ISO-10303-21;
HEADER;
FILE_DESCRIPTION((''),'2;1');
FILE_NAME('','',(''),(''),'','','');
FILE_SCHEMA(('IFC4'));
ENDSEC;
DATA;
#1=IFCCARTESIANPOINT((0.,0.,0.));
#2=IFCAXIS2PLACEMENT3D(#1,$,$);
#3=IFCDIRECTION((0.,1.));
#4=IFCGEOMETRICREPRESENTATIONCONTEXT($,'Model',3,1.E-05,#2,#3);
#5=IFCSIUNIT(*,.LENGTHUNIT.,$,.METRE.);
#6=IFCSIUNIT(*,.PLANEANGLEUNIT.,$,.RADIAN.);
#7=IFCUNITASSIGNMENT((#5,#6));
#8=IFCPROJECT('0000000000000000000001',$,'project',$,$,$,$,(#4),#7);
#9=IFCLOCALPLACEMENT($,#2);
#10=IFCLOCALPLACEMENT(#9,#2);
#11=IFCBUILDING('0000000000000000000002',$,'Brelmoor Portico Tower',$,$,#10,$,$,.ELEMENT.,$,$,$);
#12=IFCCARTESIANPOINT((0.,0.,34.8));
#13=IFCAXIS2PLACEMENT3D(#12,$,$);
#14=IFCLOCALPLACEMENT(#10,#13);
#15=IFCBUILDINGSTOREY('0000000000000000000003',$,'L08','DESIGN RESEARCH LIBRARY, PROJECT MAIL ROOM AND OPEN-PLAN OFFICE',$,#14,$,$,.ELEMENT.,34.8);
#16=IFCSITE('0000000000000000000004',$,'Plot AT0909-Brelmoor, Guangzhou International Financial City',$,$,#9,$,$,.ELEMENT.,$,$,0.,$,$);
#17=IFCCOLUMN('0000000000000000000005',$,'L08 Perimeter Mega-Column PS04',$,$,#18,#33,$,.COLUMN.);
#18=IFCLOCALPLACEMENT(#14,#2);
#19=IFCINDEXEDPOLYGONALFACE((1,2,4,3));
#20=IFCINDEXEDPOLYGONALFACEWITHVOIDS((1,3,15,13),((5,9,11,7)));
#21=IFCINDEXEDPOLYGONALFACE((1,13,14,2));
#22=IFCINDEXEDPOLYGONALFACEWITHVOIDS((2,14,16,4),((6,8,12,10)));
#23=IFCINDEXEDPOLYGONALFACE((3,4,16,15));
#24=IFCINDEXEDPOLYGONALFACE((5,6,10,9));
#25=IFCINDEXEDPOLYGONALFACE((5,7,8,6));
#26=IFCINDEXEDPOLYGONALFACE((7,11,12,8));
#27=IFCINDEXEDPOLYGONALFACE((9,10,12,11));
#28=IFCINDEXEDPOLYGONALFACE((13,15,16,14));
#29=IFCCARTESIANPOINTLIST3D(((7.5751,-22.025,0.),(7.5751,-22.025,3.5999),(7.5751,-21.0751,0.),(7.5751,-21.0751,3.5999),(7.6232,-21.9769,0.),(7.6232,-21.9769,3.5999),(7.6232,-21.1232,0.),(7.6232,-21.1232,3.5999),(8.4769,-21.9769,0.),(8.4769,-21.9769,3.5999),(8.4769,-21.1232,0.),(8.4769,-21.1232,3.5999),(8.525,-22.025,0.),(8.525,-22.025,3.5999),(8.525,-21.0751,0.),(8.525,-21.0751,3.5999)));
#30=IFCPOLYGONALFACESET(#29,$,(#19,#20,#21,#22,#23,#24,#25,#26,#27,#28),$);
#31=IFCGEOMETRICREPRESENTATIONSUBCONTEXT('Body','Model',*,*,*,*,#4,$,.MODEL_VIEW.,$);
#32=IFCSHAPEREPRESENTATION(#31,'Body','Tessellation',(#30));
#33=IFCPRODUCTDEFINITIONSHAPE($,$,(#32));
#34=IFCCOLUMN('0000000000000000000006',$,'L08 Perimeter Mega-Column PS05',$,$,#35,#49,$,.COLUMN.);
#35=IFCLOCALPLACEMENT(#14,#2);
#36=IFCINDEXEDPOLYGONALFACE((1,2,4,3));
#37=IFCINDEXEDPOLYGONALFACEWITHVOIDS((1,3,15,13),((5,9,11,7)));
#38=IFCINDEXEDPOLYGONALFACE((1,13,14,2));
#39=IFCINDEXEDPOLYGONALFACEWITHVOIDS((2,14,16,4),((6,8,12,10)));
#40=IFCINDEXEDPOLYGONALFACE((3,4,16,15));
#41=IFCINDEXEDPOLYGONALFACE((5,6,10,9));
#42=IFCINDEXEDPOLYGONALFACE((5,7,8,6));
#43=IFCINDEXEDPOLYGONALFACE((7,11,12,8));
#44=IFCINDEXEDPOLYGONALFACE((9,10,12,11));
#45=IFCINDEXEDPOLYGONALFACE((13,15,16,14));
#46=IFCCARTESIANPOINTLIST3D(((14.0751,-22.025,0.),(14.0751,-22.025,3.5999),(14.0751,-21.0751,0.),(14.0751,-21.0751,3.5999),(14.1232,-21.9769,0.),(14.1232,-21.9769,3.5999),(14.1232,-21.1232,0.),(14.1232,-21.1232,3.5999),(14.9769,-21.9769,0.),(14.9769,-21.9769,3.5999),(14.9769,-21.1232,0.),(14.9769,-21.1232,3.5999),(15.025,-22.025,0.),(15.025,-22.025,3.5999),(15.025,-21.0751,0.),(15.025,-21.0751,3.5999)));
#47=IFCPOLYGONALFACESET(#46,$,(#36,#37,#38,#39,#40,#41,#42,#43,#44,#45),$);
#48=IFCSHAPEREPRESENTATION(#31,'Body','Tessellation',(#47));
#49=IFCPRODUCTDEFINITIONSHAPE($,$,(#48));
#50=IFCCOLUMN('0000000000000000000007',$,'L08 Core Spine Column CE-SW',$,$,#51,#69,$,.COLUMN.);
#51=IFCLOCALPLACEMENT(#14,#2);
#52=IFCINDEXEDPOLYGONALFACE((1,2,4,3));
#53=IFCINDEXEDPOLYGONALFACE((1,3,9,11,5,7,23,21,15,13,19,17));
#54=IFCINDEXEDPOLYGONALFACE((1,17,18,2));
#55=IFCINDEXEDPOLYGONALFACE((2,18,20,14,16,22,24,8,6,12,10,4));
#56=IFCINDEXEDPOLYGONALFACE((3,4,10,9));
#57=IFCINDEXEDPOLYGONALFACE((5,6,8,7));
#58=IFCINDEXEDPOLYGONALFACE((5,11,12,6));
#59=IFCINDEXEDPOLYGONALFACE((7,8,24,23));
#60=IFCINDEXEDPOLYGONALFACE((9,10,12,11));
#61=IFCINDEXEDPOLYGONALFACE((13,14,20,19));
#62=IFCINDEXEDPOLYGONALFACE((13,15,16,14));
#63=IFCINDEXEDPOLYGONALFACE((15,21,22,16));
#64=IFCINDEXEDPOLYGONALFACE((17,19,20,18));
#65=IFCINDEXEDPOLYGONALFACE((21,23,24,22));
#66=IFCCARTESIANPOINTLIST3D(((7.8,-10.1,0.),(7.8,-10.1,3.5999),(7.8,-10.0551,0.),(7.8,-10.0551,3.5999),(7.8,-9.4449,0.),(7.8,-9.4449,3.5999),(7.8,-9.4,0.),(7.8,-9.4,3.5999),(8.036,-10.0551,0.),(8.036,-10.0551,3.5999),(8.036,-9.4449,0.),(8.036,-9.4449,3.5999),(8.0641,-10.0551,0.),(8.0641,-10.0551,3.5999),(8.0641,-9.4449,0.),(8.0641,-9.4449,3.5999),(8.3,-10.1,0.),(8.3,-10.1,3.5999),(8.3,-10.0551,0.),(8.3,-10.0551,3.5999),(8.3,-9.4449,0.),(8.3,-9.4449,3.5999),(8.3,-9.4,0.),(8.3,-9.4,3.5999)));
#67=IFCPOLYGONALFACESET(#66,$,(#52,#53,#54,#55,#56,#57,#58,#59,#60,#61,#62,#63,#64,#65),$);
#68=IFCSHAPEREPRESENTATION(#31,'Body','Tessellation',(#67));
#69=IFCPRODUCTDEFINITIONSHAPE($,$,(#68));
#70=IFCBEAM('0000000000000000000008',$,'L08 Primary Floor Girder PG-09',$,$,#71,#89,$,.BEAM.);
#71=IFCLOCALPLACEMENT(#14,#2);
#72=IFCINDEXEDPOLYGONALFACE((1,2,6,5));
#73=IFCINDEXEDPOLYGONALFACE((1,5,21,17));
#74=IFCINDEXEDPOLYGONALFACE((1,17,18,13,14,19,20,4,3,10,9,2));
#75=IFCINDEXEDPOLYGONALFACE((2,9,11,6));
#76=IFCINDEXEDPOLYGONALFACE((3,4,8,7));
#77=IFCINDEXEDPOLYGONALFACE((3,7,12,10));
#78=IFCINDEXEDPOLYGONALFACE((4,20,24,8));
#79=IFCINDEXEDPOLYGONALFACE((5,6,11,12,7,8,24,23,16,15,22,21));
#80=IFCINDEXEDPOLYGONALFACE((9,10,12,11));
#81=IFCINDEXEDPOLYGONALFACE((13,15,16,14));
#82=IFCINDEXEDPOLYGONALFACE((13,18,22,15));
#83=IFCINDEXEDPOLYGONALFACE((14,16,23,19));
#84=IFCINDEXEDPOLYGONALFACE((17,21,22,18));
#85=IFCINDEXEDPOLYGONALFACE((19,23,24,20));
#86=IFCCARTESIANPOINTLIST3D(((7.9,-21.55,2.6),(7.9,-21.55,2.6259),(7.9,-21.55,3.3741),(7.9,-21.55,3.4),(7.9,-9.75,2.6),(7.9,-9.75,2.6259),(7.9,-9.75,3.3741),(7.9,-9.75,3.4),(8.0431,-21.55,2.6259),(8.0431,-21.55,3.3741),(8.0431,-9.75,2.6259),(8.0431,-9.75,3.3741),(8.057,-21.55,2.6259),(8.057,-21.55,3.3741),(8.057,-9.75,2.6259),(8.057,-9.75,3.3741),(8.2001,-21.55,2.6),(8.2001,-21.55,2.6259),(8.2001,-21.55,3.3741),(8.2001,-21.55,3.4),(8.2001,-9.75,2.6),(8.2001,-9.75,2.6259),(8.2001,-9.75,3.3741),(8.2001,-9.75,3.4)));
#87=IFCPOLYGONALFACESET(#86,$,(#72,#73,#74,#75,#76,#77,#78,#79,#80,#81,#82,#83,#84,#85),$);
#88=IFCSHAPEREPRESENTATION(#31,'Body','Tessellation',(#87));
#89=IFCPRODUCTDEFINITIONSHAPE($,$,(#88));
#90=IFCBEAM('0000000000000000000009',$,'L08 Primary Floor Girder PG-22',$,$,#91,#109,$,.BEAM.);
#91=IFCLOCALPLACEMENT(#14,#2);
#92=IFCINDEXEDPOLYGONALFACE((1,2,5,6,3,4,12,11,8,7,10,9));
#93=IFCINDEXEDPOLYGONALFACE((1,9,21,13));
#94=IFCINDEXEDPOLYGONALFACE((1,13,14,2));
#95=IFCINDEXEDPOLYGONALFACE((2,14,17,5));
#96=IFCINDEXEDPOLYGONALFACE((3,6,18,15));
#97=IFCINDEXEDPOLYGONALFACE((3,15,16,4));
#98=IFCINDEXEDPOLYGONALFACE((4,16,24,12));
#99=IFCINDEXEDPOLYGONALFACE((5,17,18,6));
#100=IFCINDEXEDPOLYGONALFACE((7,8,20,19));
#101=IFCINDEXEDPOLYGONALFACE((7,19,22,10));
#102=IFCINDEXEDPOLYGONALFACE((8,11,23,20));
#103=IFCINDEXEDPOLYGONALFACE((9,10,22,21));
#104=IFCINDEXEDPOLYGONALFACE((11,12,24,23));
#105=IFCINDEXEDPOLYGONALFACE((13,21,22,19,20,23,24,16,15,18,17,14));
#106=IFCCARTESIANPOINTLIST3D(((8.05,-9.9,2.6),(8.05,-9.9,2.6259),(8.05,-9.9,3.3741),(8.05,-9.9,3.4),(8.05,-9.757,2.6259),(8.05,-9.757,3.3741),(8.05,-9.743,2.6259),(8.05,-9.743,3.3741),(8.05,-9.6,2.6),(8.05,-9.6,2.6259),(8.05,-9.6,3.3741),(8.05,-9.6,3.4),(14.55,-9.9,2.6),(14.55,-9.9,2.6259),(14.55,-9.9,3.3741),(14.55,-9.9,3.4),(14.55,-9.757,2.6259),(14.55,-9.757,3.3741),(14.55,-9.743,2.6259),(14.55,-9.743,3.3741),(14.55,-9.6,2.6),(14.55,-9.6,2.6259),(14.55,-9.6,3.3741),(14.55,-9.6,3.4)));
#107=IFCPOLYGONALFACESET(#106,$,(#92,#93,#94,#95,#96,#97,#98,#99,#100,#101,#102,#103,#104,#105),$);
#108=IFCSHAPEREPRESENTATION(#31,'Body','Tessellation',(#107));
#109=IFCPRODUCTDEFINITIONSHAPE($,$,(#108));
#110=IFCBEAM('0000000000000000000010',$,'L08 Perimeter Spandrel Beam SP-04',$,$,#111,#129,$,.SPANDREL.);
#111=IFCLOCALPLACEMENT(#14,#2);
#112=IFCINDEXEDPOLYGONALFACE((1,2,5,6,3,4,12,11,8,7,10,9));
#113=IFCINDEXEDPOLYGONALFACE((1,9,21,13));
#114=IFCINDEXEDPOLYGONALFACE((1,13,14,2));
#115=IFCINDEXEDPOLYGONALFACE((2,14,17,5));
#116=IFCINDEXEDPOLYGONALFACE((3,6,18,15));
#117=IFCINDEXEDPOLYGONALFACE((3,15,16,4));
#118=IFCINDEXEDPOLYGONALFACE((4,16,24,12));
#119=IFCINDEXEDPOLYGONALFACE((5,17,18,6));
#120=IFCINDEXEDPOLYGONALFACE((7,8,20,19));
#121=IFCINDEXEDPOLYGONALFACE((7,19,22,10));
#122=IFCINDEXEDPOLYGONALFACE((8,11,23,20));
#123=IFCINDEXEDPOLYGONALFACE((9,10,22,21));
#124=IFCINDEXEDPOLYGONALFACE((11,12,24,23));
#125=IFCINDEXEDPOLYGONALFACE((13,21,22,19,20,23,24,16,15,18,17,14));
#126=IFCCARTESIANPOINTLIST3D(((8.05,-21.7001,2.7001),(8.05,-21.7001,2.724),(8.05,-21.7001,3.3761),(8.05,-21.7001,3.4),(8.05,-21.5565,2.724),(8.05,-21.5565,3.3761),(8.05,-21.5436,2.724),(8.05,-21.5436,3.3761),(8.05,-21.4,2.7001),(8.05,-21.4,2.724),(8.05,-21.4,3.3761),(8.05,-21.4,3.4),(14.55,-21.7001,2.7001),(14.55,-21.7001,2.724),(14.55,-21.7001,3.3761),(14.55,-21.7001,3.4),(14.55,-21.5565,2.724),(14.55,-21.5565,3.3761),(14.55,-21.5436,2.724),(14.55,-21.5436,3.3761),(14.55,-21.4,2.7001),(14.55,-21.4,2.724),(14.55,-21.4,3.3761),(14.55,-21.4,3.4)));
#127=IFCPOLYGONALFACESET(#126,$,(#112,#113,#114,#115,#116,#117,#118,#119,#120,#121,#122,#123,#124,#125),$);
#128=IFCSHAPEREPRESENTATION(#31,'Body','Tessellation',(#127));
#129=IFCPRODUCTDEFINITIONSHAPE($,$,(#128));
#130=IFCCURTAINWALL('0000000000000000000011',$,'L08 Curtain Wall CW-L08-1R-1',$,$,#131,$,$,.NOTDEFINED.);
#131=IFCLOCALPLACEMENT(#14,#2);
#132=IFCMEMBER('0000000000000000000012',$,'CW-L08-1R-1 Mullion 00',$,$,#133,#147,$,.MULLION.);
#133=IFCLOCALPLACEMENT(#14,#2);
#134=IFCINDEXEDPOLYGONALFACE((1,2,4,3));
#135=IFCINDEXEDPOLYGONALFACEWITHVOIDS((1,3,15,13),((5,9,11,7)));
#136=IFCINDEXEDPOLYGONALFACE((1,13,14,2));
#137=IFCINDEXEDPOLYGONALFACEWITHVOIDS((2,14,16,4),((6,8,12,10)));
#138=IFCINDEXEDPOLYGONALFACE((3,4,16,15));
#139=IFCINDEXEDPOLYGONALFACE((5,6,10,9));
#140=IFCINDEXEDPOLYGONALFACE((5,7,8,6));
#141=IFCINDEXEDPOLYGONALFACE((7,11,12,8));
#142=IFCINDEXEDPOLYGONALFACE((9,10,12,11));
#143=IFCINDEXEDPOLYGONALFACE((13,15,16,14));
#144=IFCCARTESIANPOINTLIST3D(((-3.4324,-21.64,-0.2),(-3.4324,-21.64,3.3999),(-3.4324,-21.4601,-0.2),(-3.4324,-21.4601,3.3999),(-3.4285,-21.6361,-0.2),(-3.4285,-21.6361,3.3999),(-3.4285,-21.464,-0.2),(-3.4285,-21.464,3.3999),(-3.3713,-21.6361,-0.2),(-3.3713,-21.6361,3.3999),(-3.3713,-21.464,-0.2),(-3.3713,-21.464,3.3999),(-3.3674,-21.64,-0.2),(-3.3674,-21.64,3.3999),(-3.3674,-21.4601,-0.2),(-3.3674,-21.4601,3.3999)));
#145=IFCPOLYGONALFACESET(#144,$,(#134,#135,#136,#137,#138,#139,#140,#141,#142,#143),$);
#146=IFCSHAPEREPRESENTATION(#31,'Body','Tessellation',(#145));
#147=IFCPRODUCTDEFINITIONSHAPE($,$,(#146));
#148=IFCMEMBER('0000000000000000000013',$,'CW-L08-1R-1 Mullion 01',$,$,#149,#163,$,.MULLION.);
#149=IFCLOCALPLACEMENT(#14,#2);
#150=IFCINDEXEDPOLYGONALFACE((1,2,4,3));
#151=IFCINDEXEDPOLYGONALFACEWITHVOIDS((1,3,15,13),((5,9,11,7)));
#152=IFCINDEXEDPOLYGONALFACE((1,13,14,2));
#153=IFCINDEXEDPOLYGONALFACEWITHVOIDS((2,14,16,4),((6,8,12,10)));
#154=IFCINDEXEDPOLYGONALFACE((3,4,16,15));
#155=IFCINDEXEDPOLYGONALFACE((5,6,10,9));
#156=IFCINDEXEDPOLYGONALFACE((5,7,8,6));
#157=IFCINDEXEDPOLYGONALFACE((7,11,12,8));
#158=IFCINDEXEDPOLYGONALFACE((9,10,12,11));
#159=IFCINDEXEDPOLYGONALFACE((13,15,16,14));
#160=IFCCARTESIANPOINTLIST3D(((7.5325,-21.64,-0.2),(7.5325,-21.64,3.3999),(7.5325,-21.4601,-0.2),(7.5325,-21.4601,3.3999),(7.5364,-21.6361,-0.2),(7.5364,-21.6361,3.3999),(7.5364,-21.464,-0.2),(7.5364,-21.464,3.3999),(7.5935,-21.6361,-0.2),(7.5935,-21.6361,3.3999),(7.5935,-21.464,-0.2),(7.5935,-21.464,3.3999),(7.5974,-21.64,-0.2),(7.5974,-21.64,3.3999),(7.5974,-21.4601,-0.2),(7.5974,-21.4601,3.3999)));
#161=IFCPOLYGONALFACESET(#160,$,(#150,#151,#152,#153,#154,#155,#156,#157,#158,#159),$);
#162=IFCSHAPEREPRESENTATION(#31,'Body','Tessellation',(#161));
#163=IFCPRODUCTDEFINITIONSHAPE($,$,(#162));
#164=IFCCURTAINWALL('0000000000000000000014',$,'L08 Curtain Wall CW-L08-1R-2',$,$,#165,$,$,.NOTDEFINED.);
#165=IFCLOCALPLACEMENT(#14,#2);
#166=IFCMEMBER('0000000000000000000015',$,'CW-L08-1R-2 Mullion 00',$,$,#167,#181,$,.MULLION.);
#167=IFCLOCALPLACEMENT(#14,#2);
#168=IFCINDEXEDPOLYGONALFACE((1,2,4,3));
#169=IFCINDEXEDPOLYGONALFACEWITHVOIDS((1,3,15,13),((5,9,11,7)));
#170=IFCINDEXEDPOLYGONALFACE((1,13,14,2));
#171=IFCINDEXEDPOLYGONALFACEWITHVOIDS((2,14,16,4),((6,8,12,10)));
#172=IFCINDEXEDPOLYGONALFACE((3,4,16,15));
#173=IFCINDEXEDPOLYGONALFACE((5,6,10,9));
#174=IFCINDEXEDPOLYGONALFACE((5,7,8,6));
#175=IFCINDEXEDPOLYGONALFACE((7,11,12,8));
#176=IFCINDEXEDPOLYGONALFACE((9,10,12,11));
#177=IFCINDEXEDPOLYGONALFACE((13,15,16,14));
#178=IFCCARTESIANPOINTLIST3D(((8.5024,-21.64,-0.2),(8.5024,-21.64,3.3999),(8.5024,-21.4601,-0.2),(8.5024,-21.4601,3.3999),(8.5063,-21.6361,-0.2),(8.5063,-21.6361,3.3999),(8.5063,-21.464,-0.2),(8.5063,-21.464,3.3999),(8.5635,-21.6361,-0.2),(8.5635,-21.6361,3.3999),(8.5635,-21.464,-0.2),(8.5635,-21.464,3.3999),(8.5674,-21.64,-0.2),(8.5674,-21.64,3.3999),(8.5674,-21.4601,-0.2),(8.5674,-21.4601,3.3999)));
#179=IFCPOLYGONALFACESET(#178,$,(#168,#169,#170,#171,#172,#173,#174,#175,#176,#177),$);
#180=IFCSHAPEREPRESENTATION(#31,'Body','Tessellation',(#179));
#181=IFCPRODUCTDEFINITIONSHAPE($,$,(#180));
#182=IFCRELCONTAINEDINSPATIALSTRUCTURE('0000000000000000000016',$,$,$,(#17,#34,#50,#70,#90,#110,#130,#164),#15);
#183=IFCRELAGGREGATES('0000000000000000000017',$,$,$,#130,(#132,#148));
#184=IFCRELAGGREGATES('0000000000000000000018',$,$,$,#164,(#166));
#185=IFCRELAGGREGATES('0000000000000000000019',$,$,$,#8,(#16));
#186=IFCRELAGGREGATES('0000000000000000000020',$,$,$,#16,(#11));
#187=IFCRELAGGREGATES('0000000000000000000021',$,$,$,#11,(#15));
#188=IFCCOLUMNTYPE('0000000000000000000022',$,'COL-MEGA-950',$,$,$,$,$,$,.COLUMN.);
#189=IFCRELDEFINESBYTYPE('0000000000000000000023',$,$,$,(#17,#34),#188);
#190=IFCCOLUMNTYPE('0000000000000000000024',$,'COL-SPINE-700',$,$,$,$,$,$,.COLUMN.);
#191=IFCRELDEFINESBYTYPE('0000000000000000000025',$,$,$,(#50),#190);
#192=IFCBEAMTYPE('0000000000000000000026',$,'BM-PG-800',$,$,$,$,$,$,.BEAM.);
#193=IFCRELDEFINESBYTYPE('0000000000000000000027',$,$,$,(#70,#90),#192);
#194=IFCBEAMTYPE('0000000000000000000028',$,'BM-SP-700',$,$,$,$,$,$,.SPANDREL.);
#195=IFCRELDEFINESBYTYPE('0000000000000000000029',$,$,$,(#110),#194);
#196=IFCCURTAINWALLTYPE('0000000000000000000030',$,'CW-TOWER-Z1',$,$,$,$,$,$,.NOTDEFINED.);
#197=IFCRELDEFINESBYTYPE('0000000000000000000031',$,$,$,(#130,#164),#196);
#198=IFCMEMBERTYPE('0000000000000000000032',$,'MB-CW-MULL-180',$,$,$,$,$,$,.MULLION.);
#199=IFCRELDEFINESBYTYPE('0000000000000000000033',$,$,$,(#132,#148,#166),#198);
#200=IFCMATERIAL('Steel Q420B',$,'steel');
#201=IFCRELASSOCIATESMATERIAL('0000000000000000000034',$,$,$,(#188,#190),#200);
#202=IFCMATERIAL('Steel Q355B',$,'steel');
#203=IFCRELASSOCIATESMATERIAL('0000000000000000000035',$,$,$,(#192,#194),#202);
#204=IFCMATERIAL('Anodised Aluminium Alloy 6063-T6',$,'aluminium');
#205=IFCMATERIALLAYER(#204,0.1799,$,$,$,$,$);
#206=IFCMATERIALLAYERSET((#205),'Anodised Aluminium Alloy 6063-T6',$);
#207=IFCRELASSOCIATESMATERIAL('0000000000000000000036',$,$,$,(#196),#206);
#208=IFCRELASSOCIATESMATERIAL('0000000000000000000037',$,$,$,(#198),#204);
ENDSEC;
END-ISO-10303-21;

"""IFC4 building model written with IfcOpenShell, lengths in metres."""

from ifc_helpers import new_model, si_unit, direction, frame, origin, origin_2d, place, context, subcontext, project, spatial, hollow_rectangle, i_section, extrude, material, layer, layer_set, material_profile, profile_set, type_object, element, aggregate, save


model = new_model("IFC4")

# Units and contexts
model_context = context("Model", 3, precision=1e-05, world=origin(), true_north=direction((0.0, 1.0)))
body_context = subcontext(model_context, "Body", "Model", "MODEL_VIEW")
ifc_project = project(units=[si_unit("LENGTHUNIT", "METRE"), si_unit("PLANEANGLEUNIT", "RADIAN")], contexts=[model_context])

# Site, building, storey
site_placement = place(None, origin())
site = spatial("IfcSite", under=ifc_project, at=site_placement, Name="Plot AT0909-Brelmoor, Guangzhou International Financial City", CompositionType="ELEMENT", RefElevation=0.0)
building_placement = place(site_placement, origin())
building = spatial("IfcBuilding", under=site, at=building_placement, Name="Brelmoor Portico Tower", CompositionType="ELEMENT")
storey_placement = place(building_placement, frame((0.0, 0.0, 34.8)))
storey = spatial("IfcBuildingStorey", under=building, at=storey_placement, Name="L08", Description="DESIGN RESEARCH LIBRARY, PROJECT MAIL ROOM AND OPEN-PLAN OFFICE", CompositionType="ELEMENT", Elevation=34.8)

# Columns
ifc_material_1 = material(Name="Steel Q420B", Category="steel")
ifc_material_profile_1 = material_profile(ifc_material_1, hollow_rectangle(XDim=0.95, YDim=0.95, WallThickness=0.0481, at=origin_2d()), Name="BOX 950x950x48")
ifc_profile_set_1 = profile_set([ifc_material_profile_1], Name="Steel Q420B")
column_type_1 = type_object("IfcColumnType", Name="COL-MEGA-950", PredefinedType="COLUMN", material=ifc_profile_set_1)
for number, where, z_axis, x_axis, name in (
    (1, (8.05, -21.55, 0.0), (0.0, 0.0, 1.0), (1.0, 0.0, 0.0), "L08 Perimeter Mega-Column PS04"),
    (2, (14.55, -21.55, 0.0), (0.0, 0.0, 1.0), (1.0, 0.0, 0.0), "L08 Perimeter Mega-Column PS05"),
):
    element("IfcColumn", number, at=place(storey_placement, frame(where, z_axis=z_axis, x_axis=x_axis)), inside=storey, type_object=column_type_1, Name=name, PredefinedType="COLUMN", context=body_context, shape_type="SweptSolid", body=[
        extrude(hollow_rectangle(XDim=0.95, YDim=0.95, WallThickness=0.0481, at=origin_2d()), origin(), (0.0, 0.0, 1.0), 3.5999),
    ])
ifc_material_profile_2 = material_profile(ifc_material_1, i_section(OverallWidth=0.5, OverallDepth=0.7, WebThickness=0.0281, FlangeThickness=0.0449, at=origin_2d()), Name="HW 700x500x28x45")
ifc_profile_set_2 = profile_set([ifc_material_profile_2], Name="Steel Q420B")
column_type_2 = type_object("IfcColumnType", Name="COL-SPINE-700", PredefinedType="COLUMN", material=ifc_profile_set_2)
column_placement = place(storey_placement, frame((8.05, -9.75, 0.0), z_axis=(0.0, 0.0, 1.0), x_axis=(1.0, 0.0, 0.0)))
element("IfcColumn", 3, at=column_placement, inside=storey, type_object=column_type_2, Name="L08 Core Spine Column CE-SW", PredefinedType="COLUMN", context=body_context, shape_type="SweptSolid", body=[
    extrude(i_section(OverallWidth=0.5, OverallDepth=0.7, WebThickness=0.0281, FlangeThickness=0.0449, at=origin_2d()), origin(), (0.0, 0.0, 1.0), 3.5999),
])

# Beams
ifc_material_2 = material(Name="Steel Q355B", Category="steel")
ifc_material_profile_3 = material_profile(ifc_material_2, i_section(OverallWidth=0.3, OverallDepth=0.8, WebThickness=0.0139, FlangeThickness=0.0259, at=origin_2d()), Name="HN 800x300x14x26")
ifc_profile_set_3 = profile_set([ifc_material_profile_3], Name="Steel Q355B")
beam_type_1 = type_object("IfcBeamType", Name="BM-PG-800", PredefinedType="BEAM", material=ifc_profile_set_3)
beam_1_placement = place(storey_placement, frame((8.05, -21.55, 3.0), z_axis=(0.0, 1.0, 0.0), x_axis=(-1.0, 0.0, 0.0)))
element("IfcBeam", 4, at=beam_1_placement, inside=storey, type_object=beam_type_1, Name="L08 Primary Floor Girder PG-09", PredefinedType="BEAM", context=body_context, shape_type="SweptSolid", body=[
    extrude(i_section(OverallWidth=0.3, OverallDepth=0.8, WebThickness=0.0139, FlangeThickness=0.0259, at=origin_2d()), origin(), (0.0, 0.0, 1.0), 11.8),
])
beam_2_placement = place(storey_placement, frame((8.05, -9.75, 3.0), z_axis=(1.0, 0.0, 0.0), x_axis=(0.0, 1.0, 0.0)))
element("IfcBeam", 5, at=beam_2_placement, inside=storey, type_object=beam_type_1, Name="L08 Primary Floor Girder PG-22", PredefinedType="BEAM", context=body_context, shape_type="SweptSolid", body=[
    extrude(i_section(OverallWidth=0.3, OverallDepth=0.8, WebThickness=0.0139, FlangeThickness=0.0259, at=origin_2d()), origin(), (0.0, 0.0, 1.0), 6.5),
])
ifc_material_profile_4 = material_profile(ifc_material_2, i_section(OverallWidth=0.3, OverallDepth=0.7, WebThickness=0.0129, FlangeThickness=0.0239, at=origin_2d()), Name="HN 700x300x13x24")
ifc_profile_set_4 = profile_set([ifc_material_profile_4], Name="Steel Q355B")
beam_type_2 = type_object("IfcBeamType", Name="BM-SP-700", PredefinedType="SPANDREL", material=ifc_profile_set_4)
beam_3_placement = place(storey_placement, frame((8.05, -21.55, 3.05), z_axis=(1.0, 0.0, 0.0), x_axis=(0.0, 1.0, 0.0)))
element("IfcBeam", 6, at=beam_3_placement, inside=storey, type_object=beam_type_2, Name="L08 Perimeter Spandrel Beam SP-04", PredefinedType="SPANDREL", context=body_context, shape_type="SweptSolid", body=[
    extrude(i_section(OverallWidth=0.3, OverallDepth=0.7, WebThickness=0.0129, FlangeThickness=0.0239, at=origin_2d()), origin(), (0.0, 0.0, 1.0), 6.5),
])

# Curtain walls, members
ifc_material_3 = material(Name="Anodised Aluminium Alloy 6063-T6", Category="aluminium")
ifc_layer_1 = layer(ifc_material_3, 0.1799)
ifc_layer_set_1 = layer_set([ifc_layer_1], Name="Anodised Aluminium Alloy 6063-T6")
curtain_wall_type = type_object("IfcCurtainWallType", Name="CW-TOWER-Z1", PredefinedType="NOTDEFINED", material=ifc_layer_set_1)
curtain_wall_1_placement = place(storey_placement, origin())
curtain_wall_1 = element("IfcCurtainWall", 7, at=curtain_wall_1_placement, inside=storey, type_object=curtain_wall_type, Name="L08 Curtain Wall CW-L08-1R-1", PredefinedType="NOTDEFINED")
ifc_material_profile_5 = material_profile(ifc_material_3, hollow_rectangle(XDim=0.0649, YDim=0.1799, WallThickness=0.0039, at=origin_2d()), Name="ALU MULLION 65x180")
ifc_profile_set_5 = profile_set([ifc_material_profile_5], Name="Anodised Aluminium Alloy 6063-T6")
member_type_1 = type_object("IfcMemberType", Name="MB-CW-MULL-180", PredefinedType="MULLION", material=ifc_profile_set_5)
member_1_placement = place(storey_placement, frame((-3.3999, -21.55, -0.2), z_axis=(0.0, 0.0, 1.0), x_axis=(1.0, 0.0, 0.0)))
member_1 = element("IfcMember", 8, at=member_1_placement, type_object=member_type_1, Name="CW-L08-1R-1 Mullion 00", PredefinedType="MULLION", context=body_context, shape_type="SweptSolid", body=[
    extrude(hollow_rectangle(XDim=0.0649, YDim=0.1799, WallThickness=0.0039, at=origin_2d()), origin(), (0.0, 0.0, 1.0), 3.5999),
])
member_2_placement = place(storey_placement, frame((7.5649, -21.55, -0.2), z_axis=(0.0, 0.0, 1.0), x_axis=(1.0, 0.0, 0.0)))
member_2 = element("IfcMember", 9, at=member_2_placement, type_object=member_type_1, Name="CW-L08-1R-1 Mullion 01", PredefinedType="MULLION", context=body_context, shape_type="SweptSolid", body=[
    extrude(hollow_rectangle(XDim=0.0649, YDim=0.1799, WallThickness=0.0039, at=origin_2d()), origin(), (0.0, 0.0, 1.0), 3.5999),
])
curtain_wall_2_placement = place(storey_placement, origin())
curtain_wall_2 = element("IfcCurtainWall", 10, at=curtain_wall_2_placement, inside=storey, type_object=curtain_wall_type, Name="L08 Curtain Wall CW-L08-1R-2", PredefinedType="NOTDEFINED")
member_3_placement = place(storey_placement, frame((8.5349, -21.55, -0.2), z_axis=(0.0, 0.0, 1.0), x_axis=(1.0, 0.0, 0.0)))
member_3 = element("IfcMember", 11, at=member_3_placement, type_object=member_type_1, Name="CW-L08-1R-2 Mullion 00", PredefinedType="MULLION", context=body_context, shape_type="SweptSolid", body=[
    extrude(hollow_rectangle(XDim=0.0649, YDim=0.1799, WallThickness=0.0039, at=origin_2d()), origin(), (0.0, 0.0, 1.0), 3.5999),
])

aggregate(curtain_wall_1, [member_1, member_2])
aggregate(curtain_wall_2, [member_3])

save(model, "model.ifc")
